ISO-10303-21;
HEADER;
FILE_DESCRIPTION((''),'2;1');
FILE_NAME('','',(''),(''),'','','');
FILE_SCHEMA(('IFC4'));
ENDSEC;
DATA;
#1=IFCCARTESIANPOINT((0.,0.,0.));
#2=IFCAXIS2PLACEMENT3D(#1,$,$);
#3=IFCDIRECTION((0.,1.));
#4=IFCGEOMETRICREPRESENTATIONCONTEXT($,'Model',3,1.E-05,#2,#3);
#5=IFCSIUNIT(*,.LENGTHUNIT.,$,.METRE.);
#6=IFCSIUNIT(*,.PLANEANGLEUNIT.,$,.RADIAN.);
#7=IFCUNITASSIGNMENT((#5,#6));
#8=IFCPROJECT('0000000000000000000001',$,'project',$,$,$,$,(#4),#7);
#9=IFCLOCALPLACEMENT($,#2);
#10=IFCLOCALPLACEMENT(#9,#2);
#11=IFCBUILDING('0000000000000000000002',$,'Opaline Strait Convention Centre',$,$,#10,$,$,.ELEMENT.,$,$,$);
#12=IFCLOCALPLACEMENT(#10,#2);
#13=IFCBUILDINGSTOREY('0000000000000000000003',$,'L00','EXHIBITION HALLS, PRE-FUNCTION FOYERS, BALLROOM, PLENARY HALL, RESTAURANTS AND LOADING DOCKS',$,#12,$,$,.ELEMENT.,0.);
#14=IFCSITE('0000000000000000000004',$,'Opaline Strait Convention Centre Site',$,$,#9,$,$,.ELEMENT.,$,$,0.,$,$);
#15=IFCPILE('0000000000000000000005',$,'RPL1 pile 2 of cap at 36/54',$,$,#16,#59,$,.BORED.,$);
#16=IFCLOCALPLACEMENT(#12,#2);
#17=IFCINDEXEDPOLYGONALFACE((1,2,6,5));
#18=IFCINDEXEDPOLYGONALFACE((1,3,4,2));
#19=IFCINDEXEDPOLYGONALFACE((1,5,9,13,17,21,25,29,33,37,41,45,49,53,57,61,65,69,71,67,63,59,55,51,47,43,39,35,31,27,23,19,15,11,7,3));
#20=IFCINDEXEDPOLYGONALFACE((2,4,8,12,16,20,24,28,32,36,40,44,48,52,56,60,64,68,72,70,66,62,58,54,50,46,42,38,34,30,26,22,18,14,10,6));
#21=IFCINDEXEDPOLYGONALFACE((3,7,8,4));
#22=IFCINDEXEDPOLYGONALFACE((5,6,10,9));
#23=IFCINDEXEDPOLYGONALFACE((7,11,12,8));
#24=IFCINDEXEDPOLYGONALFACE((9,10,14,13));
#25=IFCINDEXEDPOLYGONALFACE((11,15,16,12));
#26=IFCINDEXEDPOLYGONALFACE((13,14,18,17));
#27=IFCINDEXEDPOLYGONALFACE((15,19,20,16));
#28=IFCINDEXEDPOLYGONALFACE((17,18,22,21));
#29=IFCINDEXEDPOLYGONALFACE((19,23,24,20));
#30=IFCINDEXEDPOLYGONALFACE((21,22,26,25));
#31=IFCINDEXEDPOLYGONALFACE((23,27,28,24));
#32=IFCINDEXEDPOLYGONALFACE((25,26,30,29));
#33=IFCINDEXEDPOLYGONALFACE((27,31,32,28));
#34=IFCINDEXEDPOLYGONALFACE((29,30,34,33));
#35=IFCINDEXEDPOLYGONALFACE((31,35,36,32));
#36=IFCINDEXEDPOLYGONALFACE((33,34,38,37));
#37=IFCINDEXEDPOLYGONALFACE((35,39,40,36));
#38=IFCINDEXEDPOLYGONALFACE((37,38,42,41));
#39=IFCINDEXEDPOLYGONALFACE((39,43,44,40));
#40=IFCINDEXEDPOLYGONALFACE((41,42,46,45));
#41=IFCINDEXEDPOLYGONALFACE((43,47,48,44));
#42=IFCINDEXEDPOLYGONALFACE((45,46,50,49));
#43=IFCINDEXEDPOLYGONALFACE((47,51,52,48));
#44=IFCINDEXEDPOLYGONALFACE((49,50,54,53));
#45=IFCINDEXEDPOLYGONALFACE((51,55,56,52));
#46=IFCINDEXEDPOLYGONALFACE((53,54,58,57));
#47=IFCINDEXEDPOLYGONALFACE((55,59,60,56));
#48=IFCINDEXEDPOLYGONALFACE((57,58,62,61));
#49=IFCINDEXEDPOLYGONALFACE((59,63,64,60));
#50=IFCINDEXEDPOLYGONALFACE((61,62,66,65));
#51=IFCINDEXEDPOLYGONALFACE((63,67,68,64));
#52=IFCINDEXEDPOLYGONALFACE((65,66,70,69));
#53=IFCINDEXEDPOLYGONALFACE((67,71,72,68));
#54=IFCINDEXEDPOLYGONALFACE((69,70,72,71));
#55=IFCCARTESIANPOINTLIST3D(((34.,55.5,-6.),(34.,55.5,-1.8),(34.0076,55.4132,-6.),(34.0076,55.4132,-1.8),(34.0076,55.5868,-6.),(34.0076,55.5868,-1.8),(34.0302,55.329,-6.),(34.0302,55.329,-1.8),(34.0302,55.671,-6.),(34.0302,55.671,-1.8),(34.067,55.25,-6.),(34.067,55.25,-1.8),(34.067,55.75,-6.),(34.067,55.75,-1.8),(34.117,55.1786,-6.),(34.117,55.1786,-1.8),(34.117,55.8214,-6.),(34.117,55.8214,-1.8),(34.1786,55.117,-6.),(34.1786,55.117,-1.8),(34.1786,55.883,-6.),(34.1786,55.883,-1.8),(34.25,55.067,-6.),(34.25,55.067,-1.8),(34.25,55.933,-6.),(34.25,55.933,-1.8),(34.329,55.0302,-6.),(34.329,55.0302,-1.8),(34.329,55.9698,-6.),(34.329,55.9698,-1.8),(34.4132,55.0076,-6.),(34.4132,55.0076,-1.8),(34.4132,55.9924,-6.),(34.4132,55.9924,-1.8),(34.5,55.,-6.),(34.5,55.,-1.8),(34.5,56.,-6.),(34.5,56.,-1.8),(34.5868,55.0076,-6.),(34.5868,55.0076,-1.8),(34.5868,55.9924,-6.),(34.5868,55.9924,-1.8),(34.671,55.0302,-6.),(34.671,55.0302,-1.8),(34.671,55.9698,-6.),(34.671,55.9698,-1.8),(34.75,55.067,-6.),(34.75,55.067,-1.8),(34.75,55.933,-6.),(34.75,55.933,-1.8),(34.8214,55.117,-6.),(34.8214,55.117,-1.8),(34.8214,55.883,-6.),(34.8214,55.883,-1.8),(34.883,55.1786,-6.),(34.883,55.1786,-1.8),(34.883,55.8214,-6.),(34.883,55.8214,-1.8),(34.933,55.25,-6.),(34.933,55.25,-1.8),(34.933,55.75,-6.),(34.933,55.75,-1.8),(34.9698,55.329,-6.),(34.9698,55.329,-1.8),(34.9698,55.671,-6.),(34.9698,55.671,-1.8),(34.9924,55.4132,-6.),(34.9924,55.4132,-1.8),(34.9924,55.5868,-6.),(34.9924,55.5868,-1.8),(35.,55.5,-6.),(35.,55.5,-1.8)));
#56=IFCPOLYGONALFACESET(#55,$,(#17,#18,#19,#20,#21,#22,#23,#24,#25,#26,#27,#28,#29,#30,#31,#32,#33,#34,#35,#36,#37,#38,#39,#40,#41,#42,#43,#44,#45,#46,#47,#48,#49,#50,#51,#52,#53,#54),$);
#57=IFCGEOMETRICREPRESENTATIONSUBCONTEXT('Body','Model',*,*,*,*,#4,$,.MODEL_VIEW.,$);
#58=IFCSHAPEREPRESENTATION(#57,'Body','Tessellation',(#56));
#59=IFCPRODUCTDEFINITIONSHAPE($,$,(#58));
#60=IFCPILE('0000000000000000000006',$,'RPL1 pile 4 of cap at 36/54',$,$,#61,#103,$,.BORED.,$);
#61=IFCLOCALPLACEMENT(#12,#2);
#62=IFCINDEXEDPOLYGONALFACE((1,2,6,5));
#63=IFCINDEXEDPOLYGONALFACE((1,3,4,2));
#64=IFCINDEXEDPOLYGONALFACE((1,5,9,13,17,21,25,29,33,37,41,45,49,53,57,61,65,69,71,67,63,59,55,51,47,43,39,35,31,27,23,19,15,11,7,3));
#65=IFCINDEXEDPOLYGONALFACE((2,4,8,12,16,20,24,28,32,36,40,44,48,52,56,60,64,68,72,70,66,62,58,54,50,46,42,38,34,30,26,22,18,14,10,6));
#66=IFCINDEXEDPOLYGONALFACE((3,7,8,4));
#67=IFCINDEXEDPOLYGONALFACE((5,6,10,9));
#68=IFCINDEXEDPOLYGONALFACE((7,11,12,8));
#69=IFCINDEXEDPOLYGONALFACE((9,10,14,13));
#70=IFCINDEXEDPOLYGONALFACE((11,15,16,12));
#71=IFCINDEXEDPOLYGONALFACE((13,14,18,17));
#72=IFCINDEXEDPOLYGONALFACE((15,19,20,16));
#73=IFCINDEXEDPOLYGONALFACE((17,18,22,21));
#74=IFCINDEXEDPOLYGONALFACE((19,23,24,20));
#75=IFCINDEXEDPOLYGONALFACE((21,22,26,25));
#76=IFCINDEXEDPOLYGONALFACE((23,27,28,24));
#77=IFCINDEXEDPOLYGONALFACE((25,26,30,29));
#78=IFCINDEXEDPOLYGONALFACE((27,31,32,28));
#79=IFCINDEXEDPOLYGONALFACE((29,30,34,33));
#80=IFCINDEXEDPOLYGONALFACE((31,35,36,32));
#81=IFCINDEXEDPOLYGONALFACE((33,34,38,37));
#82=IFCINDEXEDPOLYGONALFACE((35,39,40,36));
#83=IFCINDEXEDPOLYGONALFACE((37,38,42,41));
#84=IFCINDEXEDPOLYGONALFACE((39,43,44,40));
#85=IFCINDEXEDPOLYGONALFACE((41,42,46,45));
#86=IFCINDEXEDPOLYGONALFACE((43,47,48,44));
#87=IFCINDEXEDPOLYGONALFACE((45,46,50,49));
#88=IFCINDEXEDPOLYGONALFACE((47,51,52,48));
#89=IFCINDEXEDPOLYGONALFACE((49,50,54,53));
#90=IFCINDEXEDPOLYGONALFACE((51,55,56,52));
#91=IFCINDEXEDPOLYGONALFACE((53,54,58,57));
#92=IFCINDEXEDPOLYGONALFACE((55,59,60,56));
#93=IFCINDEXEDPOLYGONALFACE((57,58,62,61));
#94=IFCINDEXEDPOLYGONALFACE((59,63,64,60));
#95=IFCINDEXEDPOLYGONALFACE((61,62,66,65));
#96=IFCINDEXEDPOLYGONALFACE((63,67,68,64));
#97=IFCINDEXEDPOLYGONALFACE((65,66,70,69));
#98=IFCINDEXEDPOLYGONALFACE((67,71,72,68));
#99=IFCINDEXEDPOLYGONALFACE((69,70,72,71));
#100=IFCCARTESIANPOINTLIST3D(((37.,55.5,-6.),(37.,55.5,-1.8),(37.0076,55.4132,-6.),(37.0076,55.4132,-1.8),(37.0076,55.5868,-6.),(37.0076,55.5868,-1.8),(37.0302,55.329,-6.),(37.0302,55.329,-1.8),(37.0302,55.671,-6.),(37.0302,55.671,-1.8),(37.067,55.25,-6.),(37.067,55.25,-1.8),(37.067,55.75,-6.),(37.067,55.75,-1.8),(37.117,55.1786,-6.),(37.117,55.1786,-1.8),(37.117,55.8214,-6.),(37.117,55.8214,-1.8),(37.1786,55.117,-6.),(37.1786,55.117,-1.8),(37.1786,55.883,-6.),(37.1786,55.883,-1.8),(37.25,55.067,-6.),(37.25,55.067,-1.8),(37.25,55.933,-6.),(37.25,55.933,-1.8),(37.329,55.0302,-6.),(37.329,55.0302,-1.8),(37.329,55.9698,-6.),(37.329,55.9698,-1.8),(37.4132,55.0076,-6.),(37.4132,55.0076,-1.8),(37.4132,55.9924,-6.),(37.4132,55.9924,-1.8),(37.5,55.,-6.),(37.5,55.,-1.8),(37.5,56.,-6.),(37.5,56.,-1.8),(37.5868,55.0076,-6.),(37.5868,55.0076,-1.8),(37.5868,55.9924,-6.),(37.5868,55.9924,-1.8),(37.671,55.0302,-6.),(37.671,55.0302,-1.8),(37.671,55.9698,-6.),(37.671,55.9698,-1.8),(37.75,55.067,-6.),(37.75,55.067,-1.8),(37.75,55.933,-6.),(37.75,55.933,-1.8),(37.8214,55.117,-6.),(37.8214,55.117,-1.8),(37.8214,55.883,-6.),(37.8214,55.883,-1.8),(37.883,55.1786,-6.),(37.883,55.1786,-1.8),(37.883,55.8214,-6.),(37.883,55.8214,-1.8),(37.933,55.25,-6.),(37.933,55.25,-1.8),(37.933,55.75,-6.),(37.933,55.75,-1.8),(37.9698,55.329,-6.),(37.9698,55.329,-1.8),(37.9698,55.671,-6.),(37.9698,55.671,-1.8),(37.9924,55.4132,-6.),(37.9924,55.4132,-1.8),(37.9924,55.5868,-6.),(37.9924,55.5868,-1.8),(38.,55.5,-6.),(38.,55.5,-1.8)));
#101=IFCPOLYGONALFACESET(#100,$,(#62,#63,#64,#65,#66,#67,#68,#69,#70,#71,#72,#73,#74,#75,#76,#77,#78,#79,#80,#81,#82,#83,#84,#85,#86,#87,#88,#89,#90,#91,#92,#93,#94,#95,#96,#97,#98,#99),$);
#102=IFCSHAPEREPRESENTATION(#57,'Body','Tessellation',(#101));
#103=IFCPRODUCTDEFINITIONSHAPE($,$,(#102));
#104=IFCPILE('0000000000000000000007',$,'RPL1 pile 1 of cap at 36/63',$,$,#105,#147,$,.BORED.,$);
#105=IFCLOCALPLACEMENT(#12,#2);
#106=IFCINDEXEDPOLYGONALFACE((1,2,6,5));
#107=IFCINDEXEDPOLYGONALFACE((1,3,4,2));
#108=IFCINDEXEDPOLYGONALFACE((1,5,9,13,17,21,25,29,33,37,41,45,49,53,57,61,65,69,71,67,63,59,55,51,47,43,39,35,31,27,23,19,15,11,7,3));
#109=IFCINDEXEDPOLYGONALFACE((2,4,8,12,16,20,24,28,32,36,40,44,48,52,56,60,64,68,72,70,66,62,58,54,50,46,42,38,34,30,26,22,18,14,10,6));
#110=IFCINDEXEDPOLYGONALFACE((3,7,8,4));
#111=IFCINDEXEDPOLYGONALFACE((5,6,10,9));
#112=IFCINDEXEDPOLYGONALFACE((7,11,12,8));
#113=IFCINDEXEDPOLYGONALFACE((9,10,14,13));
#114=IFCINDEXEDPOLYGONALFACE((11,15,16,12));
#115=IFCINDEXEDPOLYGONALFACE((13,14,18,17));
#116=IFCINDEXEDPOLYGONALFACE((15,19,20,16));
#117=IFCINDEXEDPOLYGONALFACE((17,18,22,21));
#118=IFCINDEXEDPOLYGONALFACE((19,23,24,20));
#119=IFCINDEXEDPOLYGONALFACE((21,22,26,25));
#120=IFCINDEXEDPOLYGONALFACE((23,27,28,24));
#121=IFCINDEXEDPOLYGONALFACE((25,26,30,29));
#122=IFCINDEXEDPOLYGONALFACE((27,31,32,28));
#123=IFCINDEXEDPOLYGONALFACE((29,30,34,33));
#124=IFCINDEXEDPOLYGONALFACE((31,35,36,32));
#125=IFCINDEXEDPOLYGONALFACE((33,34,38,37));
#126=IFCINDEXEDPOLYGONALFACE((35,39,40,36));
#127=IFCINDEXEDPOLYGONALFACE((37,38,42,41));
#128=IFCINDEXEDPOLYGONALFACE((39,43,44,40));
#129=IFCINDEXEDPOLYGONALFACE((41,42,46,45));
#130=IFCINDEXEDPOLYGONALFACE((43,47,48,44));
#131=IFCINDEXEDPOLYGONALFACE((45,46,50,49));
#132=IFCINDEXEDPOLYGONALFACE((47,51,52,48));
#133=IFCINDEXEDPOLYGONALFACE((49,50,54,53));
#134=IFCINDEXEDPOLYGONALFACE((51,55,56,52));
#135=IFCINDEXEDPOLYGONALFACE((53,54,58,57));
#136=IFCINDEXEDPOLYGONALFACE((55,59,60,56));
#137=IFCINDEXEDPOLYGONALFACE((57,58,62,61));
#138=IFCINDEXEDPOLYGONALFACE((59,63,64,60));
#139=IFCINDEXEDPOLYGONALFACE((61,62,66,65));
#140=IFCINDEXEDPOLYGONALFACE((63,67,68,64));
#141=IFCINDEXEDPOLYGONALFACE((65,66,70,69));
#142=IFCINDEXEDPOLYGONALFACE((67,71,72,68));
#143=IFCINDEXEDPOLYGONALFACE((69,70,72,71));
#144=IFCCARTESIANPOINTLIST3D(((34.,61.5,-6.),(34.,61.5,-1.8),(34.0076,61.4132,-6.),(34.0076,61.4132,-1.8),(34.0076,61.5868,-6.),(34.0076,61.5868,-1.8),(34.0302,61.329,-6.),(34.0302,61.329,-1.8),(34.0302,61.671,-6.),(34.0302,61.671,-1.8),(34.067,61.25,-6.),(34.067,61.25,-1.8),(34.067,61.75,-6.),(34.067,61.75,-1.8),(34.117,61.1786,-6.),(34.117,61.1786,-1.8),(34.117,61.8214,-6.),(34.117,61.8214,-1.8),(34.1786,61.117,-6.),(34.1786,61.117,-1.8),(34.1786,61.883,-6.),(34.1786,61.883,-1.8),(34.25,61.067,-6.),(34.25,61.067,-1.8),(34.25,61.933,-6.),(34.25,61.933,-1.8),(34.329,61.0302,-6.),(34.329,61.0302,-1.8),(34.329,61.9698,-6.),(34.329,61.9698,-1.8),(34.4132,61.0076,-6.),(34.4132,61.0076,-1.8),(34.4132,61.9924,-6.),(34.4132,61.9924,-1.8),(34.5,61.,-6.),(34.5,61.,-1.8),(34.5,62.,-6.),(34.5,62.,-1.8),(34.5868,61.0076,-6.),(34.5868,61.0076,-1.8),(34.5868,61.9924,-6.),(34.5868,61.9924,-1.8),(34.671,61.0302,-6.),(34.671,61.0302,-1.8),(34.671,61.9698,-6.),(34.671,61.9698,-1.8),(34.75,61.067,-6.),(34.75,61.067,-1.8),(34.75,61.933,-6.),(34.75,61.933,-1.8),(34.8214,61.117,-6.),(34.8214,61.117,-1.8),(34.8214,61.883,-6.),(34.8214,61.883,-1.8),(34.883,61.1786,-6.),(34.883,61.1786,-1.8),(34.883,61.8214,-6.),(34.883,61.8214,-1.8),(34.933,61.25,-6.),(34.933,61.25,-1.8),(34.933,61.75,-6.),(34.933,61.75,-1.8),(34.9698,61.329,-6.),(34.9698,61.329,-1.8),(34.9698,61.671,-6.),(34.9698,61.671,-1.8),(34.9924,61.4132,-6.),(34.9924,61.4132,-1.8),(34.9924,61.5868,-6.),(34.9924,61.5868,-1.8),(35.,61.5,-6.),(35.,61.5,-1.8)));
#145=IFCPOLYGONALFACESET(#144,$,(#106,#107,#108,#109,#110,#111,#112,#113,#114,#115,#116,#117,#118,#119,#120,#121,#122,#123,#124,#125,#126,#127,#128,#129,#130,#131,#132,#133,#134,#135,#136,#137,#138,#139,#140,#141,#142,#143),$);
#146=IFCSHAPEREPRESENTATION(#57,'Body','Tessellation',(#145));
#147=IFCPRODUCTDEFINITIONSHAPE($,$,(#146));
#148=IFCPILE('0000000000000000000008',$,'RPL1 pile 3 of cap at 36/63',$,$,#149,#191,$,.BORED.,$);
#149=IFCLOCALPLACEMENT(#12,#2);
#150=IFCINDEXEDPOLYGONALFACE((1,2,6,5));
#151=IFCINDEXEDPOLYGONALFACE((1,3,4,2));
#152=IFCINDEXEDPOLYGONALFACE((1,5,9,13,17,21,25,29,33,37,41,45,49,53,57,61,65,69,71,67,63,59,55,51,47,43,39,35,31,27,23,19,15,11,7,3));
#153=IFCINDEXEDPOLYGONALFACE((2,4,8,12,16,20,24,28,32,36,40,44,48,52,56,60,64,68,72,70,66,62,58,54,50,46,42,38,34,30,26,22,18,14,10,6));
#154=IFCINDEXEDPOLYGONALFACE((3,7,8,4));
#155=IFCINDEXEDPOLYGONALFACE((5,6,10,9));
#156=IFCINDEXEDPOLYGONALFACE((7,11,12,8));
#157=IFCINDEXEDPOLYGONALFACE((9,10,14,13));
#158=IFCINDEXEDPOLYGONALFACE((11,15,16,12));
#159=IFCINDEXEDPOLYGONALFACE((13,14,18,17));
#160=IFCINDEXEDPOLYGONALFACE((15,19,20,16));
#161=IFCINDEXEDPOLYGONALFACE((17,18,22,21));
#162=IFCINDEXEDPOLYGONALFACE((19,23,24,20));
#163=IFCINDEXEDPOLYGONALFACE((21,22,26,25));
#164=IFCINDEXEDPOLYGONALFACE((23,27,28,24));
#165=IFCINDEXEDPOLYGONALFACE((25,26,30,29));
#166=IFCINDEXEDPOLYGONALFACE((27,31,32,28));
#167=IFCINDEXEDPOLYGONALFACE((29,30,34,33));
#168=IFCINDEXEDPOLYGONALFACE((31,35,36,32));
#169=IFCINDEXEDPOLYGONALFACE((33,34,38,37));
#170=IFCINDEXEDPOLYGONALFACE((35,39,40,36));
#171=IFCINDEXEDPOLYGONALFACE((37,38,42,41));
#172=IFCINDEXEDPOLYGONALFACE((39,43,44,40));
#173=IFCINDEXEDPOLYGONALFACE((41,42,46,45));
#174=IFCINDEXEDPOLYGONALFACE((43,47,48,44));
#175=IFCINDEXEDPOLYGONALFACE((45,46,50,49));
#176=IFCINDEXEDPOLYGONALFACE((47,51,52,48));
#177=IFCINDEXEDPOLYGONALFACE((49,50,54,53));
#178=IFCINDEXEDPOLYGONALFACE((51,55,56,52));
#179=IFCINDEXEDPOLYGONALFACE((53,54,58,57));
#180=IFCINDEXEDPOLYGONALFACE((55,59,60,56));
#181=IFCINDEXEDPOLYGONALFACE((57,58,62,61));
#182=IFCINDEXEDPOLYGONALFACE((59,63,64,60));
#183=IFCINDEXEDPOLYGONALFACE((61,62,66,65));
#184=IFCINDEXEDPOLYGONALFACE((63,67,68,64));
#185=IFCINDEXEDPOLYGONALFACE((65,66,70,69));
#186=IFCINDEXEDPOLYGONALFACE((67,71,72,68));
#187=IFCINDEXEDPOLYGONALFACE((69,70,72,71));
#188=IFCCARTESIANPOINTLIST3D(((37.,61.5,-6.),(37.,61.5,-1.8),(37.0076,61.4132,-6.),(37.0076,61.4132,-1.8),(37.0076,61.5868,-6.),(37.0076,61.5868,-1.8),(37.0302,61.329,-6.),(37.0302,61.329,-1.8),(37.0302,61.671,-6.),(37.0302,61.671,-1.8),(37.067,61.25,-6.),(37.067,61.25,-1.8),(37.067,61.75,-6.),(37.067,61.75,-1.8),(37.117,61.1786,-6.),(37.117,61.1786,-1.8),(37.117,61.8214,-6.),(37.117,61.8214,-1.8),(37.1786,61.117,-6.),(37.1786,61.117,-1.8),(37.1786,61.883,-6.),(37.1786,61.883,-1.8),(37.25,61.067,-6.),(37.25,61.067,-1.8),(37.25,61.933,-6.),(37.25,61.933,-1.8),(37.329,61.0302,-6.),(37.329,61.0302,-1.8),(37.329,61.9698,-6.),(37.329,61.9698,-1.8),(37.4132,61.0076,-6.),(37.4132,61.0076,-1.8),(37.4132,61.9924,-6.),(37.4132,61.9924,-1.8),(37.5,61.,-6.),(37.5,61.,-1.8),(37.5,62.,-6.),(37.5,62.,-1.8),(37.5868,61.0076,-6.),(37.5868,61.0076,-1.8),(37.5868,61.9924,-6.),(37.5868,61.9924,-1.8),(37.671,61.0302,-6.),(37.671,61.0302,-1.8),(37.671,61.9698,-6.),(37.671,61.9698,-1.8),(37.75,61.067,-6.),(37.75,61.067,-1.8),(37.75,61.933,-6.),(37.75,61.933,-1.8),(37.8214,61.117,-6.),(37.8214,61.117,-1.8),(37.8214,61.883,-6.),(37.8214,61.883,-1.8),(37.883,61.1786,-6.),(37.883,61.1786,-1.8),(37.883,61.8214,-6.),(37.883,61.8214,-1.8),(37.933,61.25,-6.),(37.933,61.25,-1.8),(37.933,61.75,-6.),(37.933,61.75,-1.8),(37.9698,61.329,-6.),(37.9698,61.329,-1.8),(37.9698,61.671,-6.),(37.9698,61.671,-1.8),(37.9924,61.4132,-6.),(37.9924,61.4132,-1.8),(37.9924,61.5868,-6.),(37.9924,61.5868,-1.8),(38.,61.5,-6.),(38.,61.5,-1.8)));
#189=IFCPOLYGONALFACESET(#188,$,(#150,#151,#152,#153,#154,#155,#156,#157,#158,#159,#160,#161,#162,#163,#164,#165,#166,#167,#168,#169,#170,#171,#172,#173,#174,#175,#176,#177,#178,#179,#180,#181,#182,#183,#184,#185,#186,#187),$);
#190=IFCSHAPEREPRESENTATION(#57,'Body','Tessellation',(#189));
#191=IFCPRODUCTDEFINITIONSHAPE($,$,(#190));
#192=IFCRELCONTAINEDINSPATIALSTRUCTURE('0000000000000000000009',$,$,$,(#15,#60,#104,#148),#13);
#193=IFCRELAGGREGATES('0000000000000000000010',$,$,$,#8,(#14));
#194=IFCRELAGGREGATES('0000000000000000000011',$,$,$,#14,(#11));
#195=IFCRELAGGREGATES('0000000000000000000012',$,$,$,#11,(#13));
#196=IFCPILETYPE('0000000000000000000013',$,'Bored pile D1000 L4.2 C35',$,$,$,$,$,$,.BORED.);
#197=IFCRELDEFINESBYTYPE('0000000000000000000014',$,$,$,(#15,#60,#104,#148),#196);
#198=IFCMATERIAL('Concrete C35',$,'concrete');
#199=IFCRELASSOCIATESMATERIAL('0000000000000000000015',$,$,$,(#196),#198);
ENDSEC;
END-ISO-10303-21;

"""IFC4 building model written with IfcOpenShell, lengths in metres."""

from ifc_helpers import new_model, si_unit, direction, frame, origin, origin_2d, place, context, subcontext, project, spatial, circle, extrude, material, material_profile, profile_set, type_object, element, save


model = new_model("IFC4")

# Units and contexts
model_context = context("Model", 3, precision=1e-05, world=origin(), true_north=direction((0.0, 1.0)))
body_context = subcontext(model_context, "Body", "Model", "MODEL_VIEW")
ifc_project = project(units=[si_unit("LENGTHUNIT", "METRE"), si_unit("PLANEANGLEUNIT", "RADIAN")], contexts=[model_context])

# Site, building, storey
site_placement = place(None, origin())
site = spatial("IfcSite", under=ifc_project, at=site_placement, Name="Opaline Strait Convention Centre Site", CompositionType="ELEMENT", RefElevation=0.0)
building_placement = place(site_placement, origin())
building = spatial("IfcBuilding", under=site, at=building_placement, Name="Opaline Strait Convention Centre", CompositionType="ELEMENT")
storey_placement = place(building_placement, origin())
storey = spatial("IfcBuildingStorey", under=building, at=storey_placement, Name="L00", Description="EXHIBITION HALLS, PRE-FUNCTION FOYERS, BALLROOM, PLENARY HALL, RESTAURANTS AND LOADING DOCKS", CompositionType="ELEMENT", Elevation=0.0)

# Piles
ifc_material_1 = material(Name="Concrete C35", Category="concrete")
ifc_material_profile_1 = material_profile(ifc_material_1, circle(Radius=0.5, at=origin_2d()), Name="D1000")
ifc_profile_set_1 = profile_set([ifc_material_profile_1], Name="Concrete C35")
pile_type = type_object("IfcPileType", Name="Bored pile D1000 L4.2 C35", PredefinedType="BORED", material=ifc_profile_set_1)
for number, where, z_axis, x_axis, name in (
    (1, (34.5, 55.5, -1.8), (0.0, 0.0, -1.0), (1.0, 0.0, 0.0), "RPL1 pile 2 of cap at 36/54"),
    (2, (37.5, 55.5, -1.8), (0.0, 0.0, -1.0), (1.0, 0.0, 0.0), "RPL1 pile 4 of cap at 36/54"),
    (3, (34.5, 61.5, -1.8), (0.0, 0.0, -1.0), (1.0, 0.0, 0.0), "RPL1 pile 1 of cap at 36/63"),
    (4, (37.5, 61.5, -1.8), (0.0, 0.0, -1.0), (1.0, 0.0, 0.0), "RPL1 pile 3 of cap at 36/63"),
):
    element("IfcPile", number, at=place(storey_placement, frame(where, z_axis=z_axis, x_axis=x_axis)), inside=storey, type_object=pile_type, Name=name, PredefinedType="BORED", context=body_context, shape_type="SweptSolid", body=[
        extrude(circle(Radius=0.5, at=origin_2d()), origin(), (0.0, 0.0, 1.0), 4.2),
    ])

save(model, "model.ifc")
